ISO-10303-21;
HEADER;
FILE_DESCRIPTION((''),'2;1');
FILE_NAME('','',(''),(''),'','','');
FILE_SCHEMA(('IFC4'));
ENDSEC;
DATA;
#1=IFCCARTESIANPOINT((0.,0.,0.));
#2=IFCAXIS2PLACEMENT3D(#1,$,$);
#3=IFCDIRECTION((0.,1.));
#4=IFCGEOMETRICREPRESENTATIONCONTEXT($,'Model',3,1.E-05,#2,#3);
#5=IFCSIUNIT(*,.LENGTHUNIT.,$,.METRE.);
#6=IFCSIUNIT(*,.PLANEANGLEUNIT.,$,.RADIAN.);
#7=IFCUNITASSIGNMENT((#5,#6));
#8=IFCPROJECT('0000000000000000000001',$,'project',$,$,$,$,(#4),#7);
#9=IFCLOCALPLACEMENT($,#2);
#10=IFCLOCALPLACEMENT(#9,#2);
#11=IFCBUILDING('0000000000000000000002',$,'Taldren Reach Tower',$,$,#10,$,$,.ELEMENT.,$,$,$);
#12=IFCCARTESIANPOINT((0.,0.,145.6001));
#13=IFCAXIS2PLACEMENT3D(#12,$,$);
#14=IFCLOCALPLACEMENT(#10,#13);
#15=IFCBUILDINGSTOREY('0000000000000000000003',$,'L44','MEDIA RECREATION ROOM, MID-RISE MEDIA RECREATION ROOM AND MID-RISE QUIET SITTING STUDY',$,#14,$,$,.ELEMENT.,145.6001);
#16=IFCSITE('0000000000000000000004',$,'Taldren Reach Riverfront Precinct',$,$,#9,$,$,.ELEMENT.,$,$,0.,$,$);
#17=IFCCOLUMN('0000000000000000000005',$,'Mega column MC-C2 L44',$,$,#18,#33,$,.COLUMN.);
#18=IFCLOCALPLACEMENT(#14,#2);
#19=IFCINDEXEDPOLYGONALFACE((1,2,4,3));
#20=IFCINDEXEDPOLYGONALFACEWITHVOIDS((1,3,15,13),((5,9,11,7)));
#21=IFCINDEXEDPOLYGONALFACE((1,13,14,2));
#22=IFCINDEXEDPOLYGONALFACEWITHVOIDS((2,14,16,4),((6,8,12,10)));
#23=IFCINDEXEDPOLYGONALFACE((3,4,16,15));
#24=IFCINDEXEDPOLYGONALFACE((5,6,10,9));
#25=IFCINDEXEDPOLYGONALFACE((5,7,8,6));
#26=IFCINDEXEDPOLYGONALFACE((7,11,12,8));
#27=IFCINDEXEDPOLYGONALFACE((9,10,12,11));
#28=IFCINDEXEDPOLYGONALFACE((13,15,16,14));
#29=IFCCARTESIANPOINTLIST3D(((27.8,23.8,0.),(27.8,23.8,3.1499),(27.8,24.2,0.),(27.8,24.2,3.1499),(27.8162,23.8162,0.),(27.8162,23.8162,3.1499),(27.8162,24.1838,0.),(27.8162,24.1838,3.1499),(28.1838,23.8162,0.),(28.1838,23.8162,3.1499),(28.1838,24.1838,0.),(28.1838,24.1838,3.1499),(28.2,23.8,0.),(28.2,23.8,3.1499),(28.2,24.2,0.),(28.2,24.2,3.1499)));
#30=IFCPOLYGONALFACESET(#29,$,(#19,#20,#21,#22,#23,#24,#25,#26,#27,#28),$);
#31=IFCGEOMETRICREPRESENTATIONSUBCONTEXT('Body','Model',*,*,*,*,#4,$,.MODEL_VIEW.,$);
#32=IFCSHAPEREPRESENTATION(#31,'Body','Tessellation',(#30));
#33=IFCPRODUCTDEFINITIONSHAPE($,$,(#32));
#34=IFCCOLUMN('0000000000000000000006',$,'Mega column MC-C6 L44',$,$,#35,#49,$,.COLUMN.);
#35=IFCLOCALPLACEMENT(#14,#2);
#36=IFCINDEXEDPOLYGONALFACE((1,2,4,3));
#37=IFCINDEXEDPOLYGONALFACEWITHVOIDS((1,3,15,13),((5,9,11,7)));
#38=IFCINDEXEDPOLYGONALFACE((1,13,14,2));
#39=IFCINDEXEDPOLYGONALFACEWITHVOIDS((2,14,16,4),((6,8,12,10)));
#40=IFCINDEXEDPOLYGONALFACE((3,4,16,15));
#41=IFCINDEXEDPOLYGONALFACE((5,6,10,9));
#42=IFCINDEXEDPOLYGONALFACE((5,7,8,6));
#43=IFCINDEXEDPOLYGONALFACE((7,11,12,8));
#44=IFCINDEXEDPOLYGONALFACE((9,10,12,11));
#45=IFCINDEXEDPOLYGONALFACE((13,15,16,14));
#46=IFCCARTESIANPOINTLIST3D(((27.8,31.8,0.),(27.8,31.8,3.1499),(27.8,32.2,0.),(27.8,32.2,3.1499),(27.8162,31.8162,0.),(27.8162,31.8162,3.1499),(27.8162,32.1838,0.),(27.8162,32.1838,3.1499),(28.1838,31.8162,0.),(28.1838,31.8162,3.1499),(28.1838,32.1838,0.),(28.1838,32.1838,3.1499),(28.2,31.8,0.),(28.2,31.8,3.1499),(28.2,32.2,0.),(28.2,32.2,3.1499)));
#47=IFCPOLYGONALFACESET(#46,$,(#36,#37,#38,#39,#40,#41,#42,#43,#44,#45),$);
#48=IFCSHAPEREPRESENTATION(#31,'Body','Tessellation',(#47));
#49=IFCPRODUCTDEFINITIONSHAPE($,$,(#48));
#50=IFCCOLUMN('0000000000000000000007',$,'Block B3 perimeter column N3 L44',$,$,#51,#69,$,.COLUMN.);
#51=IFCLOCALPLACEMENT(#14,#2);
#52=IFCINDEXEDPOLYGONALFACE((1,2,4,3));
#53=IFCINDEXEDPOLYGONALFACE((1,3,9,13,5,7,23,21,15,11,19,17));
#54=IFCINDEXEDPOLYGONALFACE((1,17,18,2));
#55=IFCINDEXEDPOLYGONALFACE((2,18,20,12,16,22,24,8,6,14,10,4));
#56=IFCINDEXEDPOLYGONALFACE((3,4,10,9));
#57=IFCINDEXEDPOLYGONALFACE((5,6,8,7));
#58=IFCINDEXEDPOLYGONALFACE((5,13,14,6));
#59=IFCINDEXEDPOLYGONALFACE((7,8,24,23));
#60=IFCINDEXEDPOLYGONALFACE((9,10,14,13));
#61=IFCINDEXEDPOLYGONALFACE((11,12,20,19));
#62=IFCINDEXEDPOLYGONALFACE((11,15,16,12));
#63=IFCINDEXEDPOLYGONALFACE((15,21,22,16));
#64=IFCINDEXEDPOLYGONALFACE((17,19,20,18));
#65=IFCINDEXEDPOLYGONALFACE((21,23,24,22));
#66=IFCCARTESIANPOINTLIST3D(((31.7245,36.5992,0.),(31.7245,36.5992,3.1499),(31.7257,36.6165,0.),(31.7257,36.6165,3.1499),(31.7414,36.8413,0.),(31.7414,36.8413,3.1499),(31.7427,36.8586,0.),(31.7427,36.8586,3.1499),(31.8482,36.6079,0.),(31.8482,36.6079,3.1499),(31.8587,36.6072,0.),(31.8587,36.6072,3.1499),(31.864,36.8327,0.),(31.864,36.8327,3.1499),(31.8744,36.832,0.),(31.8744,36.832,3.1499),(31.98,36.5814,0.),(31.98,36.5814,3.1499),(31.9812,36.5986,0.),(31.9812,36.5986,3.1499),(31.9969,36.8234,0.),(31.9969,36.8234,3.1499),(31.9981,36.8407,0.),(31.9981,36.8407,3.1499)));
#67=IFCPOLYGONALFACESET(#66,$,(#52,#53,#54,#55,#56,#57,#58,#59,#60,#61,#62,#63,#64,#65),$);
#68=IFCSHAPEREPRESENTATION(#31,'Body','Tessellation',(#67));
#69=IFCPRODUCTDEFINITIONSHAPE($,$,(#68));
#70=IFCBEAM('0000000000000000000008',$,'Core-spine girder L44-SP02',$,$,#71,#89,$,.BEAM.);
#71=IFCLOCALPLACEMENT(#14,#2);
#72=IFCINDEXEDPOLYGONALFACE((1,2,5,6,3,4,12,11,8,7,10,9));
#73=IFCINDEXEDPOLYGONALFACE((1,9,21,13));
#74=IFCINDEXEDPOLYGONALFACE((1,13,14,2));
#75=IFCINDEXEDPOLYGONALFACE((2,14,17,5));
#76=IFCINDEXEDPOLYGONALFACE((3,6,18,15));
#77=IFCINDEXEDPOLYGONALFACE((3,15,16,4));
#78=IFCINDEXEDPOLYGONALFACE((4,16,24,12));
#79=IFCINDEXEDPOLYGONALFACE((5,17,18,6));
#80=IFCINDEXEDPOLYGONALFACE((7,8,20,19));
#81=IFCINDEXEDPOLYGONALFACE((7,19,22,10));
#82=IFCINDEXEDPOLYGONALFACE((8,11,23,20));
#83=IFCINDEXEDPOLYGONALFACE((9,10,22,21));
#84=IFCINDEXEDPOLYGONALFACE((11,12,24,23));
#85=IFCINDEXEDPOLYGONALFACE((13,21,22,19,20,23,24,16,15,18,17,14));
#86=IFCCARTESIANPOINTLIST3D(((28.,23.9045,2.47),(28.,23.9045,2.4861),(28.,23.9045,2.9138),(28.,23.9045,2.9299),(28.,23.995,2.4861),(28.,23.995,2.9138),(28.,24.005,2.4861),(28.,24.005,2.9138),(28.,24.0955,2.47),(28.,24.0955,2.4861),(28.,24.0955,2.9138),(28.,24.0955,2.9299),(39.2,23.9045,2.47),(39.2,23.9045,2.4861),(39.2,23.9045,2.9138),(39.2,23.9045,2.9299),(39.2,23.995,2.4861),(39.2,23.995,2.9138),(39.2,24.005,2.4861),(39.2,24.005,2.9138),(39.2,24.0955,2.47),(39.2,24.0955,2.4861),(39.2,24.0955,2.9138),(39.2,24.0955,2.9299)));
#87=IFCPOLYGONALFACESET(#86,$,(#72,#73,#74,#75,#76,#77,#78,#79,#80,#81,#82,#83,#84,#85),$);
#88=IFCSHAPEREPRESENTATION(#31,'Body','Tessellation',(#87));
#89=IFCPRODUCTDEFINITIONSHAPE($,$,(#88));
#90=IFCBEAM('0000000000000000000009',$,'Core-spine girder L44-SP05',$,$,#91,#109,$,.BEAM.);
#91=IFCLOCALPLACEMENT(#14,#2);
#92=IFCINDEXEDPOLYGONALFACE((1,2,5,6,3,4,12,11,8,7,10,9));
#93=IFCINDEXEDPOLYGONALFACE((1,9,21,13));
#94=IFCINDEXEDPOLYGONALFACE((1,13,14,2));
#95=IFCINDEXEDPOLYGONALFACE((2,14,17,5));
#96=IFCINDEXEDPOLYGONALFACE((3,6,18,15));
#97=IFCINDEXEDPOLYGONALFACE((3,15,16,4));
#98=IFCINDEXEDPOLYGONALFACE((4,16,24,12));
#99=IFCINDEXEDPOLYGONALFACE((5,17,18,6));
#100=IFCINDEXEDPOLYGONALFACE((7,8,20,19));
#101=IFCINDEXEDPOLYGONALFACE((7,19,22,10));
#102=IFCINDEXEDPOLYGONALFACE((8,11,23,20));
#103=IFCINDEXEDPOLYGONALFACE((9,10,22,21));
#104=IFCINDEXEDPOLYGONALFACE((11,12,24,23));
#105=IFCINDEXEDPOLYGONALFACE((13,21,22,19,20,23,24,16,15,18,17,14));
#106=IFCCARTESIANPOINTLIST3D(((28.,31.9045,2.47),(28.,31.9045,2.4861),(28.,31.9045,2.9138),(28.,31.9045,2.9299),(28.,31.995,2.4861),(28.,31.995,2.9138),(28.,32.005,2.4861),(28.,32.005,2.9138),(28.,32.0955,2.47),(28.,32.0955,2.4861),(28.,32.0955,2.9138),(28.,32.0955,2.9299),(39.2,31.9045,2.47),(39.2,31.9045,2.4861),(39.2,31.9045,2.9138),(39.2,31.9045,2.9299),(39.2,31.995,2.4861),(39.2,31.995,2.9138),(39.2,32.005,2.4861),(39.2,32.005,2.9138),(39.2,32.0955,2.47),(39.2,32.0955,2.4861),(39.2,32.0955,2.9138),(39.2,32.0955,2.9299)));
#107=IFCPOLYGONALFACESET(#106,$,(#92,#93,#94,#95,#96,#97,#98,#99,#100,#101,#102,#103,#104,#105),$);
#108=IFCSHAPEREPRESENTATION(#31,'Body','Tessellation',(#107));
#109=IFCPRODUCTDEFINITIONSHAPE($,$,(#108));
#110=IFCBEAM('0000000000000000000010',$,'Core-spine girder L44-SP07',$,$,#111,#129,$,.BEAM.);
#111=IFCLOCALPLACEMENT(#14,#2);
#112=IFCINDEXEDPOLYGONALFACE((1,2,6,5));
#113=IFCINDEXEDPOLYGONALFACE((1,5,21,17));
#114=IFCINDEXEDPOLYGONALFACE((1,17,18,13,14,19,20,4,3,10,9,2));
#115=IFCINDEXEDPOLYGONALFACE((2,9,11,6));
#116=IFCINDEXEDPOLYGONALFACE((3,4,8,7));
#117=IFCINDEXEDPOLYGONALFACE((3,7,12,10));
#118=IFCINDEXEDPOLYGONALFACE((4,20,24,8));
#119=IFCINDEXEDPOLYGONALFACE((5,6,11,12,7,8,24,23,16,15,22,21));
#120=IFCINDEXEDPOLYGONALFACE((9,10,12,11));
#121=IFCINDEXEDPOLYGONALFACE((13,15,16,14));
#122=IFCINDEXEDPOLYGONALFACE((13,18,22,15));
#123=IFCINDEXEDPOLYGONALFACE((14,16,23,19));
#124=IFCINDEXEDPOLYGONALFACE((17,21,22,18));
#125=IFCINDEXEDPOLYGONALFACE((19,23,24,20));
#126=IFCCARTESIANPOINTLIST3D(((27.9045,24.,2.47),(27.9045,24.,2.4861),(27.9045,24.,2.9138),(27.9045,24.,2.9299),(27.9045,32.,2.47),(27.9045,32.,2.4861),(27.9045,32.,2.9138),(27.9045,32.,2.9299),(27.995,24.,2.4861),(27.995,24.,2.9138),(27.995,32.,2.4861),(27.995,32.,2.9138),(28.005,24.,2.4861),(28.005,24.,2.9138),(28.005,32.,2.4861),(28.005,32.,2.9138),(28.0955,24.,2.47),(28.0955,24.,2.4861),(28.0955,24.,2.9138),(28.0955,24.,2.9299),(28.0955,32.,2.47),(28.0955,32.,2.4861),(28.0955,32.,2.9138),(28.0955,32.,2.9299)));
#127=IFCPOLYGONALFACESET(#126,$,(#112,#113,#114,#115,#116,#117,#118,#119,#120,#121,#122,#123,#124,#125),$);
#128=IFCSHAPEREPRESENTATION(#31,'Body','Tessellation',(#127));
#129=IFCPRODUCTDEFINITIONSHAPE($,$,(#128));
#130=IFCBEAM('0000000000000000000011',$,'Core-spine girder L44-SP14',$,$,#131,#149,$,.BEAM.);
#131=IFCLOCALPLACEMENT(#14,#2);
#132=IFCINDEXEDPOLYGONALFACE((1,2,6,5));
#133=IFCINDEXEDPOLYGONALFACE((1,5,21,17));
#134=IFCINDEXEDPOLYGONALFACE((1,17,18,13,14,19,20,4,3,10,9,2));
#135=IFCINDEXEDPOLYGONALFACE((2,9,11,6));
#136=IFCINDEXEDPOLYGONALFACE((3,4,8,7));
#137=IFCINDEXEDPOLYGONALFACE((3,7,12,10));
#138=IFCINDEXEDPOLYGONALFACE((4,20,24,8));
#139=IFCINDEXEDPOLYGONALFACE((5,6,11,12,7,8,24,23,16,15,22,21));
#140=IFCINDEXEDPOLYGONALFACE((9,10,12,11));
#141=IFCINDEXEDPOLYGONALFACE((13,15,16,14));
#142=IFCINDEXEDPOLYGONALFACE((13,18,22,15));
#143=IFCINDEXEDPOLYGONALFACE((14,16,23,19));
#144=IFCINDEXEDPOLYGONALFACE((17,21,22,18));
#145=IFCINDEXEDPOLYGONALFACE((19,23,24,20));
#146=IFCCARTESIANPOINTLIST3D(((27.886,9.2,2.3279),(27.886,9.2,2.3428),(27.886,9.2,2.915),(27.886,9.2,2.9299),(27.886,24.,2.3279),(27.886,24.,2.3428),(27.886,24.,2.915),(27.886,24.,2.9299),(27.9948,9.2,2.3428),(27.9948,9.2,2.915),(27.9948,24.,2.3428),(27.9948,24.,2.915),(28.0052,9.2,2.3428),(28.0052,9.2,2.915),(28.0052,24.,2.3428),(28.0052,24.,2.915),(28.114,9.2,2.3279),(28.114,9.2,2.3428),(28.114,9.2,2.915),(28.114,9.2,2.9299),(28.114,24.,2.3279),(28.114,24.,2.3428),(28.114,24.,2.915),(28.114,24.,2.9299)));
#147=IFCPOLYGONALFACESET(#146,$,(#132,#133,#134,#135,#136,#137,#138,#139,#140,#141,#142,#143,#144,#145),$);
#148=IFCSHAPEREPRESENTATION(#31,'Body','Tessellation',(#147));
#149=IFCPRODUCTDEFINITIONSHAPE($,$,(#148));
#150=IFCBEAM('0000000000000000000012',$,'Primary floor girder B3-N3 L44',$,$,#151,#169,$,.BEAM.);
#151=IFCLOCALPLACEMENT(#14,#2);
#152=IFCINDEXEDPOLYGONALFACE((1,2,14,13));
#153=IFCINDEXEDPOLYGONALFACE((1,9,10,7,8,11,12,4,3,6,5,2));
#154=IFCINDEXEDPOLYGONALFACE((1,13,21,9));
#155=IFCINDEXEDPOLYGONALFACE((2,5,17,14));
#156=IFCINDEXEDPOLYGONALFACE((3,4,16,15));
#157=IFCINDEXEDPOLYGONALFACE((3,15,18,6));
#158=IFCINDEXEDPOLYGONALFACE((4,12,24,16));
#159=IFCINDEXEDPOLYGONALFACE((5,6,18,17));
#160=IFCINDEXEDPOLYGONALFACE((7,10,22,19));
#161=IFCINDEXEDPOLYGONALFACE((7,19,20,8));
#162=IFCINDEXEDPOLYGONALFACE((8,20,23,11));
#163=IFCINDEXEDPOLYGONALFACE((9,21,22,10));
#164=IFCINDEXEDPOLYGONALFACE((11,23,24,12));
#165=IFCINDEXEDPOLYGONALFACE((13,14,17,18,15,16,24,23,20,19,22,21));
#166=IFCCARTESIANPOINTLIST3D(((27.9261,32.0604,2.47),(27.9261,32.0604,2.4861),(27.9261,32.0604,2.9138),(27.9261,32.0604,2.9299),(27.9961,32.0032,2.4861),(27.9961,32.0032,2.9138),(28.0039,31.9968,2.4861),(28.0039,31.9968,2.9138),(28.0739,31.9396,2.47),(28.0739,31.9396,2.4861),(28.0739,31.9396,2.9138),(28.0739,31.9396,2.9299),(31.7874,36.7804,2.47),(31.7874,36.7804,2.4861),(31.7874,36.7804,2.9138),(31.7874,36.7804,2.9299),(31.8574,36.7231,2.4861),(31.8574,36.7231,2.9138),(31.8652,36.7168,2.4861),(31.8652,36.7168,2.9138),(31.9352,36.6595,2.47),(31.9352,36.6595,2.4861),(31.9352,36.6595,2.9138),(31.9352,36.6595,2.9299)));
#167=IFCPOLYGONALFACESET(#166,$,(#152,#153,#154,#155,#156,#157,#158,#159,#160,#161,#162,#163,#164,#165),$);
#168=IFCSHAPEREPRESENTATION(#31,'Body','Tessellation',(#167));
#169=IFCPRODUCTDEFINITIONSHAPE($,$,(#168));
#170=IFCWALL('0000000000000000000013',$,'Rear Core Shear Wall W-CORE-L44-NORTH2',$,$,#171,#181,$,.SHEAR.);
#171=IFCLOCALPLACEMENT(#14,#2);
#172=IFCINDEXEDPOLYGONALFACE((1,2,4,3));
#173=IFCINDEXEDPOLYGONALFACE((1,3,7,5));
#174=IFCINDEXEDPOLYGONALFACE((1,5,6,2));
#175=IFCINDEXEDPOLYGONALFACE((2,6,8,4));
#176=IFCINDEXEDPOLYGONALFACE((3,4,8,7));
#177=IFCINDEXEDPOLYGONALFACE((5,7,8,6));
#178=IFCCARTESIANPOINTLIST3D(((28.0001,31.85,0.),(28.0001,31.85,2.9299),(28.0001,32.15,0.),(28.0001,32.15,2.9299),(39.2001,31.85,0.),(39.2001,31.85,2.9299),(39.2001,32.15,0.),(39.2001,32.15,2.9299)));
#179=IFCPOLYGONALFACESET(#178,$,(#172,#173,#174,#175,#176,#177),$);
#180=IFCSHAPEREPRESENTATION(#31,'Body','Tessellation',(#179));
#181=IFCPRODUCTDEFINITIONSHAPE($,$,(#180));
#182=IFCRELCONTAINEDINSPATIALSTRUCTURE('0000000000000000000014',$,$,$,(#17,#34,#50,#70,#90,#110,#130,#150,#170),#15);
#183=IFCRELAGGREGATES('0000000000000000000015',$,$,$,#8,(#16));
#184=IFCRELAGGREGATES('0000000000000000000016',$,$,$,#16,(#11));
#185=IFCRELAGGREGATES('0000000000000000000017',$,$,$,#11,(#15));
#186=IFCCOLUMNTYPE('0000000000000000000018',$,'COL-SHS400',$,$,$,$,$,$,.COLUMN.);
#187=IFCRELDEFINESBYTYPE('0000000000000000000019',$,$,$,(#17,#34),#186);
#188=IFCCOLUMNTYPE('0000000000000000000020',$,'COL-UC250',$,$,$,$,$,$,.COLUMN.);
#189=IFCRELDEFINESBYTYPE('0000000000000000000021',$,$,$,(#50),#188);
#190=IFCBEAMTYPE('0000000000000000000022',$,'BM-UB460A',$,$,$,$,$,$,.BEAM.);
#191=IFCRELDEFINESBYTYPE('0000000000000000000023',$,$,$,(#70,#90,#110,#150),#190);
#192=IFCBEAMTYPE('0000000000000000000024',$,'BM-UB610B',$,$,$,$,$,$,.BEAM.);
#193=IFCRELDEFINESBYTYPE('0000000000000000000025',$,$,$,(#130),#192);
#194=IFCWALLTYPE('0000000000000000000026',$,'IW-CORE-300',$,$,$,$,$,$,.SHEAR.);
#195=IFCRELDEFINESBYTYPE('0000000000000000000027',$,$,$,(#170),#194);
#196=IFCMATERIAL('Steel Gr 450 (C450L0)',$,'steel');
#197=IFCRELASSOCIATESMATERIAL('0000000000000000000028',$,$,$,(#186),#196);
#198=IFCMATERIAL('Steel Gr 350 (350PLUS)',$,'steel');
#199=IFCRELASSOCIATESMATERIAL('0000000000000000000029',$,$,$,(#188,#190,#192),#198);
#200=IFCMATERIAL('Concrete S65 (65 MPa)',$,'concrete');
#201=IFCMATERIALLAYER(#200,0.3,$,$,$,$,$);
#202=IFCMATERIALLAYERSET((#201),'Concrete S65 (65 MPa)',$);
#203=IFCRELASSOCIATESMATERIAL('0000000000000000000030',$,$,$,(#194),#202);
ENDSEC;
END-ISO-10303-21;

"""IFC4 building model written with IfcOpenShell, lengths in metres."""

from ifc_helpers import new_model, si_unit, direction, frame, frame_2d, origin, origin_2d, place, context, subcontext, project, spatial, rectangle, hollow_rectangle, i_section, extrude, source, transform, mapped, material, layer, layer_set, material_profile, profile_set, type_object, element, save


model = new_model("IFC4")

# Units and contexts
model_context = context("Model", 3, precision=1e-05, world=origin(), true_north=direction((0.0, 1.0)))
body_context = subcontext(model_context, "Body", "Model", "MODEL_VIEW")
ifc_project = project(units=[si_unit("LENGTHUNIT", "METRE"), si_unit("PLANEANGLEUNIT", "RADIAN")], contexts=[model_context])

# Site, building, storey
site_placement = place(None, origin())
site = spatial("IfcSite", under=ifc_project, at=site_placement, Name="Taldren Reach Riverfront Precinct", CompositionType="ELEMENT", RefElevation=0.0)
building_placement = place(site_placement, origin())
building = spatial("IfcBuilding", under=site, at=building_placement, Name="Taldren Reach Tower", CompositionType="ELEMENT")
storey_placement = place(building_placement, frame((0.0, 0.0, 145.6001)))
storey = spatial("IfcBuildingStorey", under=building, at=storey_placement, Name="L44", Description="MEDIA RECREATION ROOM, MID-RISE MEDIA RECREATION ROOM AND MID-RISE QUIET SITTING STUDY", CompositionType="ELEMENT", Elevation=145.6001)

# Columns
ifc_material_1 = material(Name="Steel Gr 450 (C450L0)", Category="steel")
ifc_material_profile_1 = material_profile(ifc_material_1, hollow_rectangle(XDim=0.3999, YDim=0.3999, WallThickness=0.0161, at=origin_2d()), Name="400x400x16.0SHS")
ifc_profile_set_1 = profile_set([ifc_material_profile_1], Name="Steel Gr 450 (C450L0)")
column_type_1 = type_object("IfcColumnType", Name="COL-SHS400", PredefinedType="COLUMN", material=ifc_profile_set_1)
shared_shape_1 = source(origin(), body_context, "Body", "SweptSolid", [
    extrude(hollow_rectangle(XDim=0.3999, YDim=0.3999, WallThickness=0.0161, at=origin_2d()), origin(), (0.0, 0.0, 1.0), 3.1499),
])
for number, where, z_axis, x_axis, name in (
    (1, (28.0, 24.0, 0.0), (0.0, 0.0, 1.0), (1.0, 0.0, 0.0), "Mega column MC-C2 L44"),
    (2, (28.0, 32.0, 0.0), (0.0, 0.0, 1.0), (1.0, 0.0, 0.0), "Mega column MC-C6 L44"),
):
    element("IfcColumn", number, at=place(storey_placement, frame(where, z_axis=z_axis, x_axis=x_axis)), inside=storey, type_object=column_type_1, Name=name, PredefinedType="COLUMN", context=body_context, shape_type="MappedRepresentation", body=[
        mapped(shared_shape_1, transform((0.0, 0.0, 0.0), scale=1.0)),
    ])
ifc_material_2 = material(Name="Steel Gr 350 (350PLUS)", Category="steel")
ifc_material_profile_2 = material_profile(ifc_material_2, i_section(OverallWidth=0.2561, OverallDepth=0.26, WebThickness=0.0105, FlangeThickness=0.0173, at=origin_2d()), Name="250UC89.5")
ifc_profile_set_2 = profile_set([ifc_material_profile_2], Name="Steel Gr 350 (350PLUS)")
column_type_2 = type_object("IfcColumnType", Name="COL-UC250", PredefinedType="COLUMN", material=ifc_profile_set_2)
shared_shape_2 = source(origin(), body_context, "Body", "SweptSolid", [
    extrude(i_section(OverallWidth=0.2561, OverallDepth=0.26, WebThickness=0.0105, FlangeThickness=0.0173, at=origin_2d()), origin(), (0.0, 0.0, 1.0), 3.1499),
])
column_placement = place(storey_placement, frame((31.8613, 36.72, 0.0), z_axis=(0.0, 0.0, 1.0), x_axis=(0.997564, -0.069756, 0.0)))
element("IfcColumn", 3, at=column_placement, inside=storey, type_object=column_type_2, Name="Block B3 perimeter column N3 L44", PredefinedType="COLUMN", context=body_context, shape_type="MappedRepresentation", body=[
    mapped(shared_shape_2, transform((0.0, 0.0, 0.0), scale=1.0)),
])

# Beams
ifc_material_profile_3 = material_profile(ifc_material_2, i_section(OverallWidth=0.1909, OverallDepth=0.46, WebThickness=0.01, FlangeThickness=0.0161, at=origin_2d()), Name="460UB82.1")
ifc_profile_set_3 = profile_set([ifc_material_profile_3], Name="Steel Gr 350 (350PLUS)")
beam_type_1 = type_object("IfcBeamType", Name="BM-UB460A", PredefinedType="BEAM", material=ifc_profile_set_3)
shared_shape_3 = source(origin(), body_context, "Body", "SweptSolid", [
    extrude(i_section(OverallWidth=0.1909, OverallDepth=0.46, WebThickness=0.01, FlangeThickness=0.0161, at=origin_2d()), origin(), (0.0, 0.0, 1.0), 11.2),
])
for number, where, z_axis, x_axis, name in (
    (4, (28.0, 24.0, 2.7), (1.0, 0.0, 0.0), (0.0, 1.0, 0.0), "Core-spine girder L44-SP02"),
    (5, (28.0, 32.0, 2.7), (1.0, 0.0, 0.0), (0.0, 1.0, 0.0), "Core-spine girder L44-SP05"),
):
    element("IfcBeam", number, at=place(storey_placement, frame(where, z_axis=z_axis, x_axis=x_axis)), inside=storey, type_object=beam_type_1, Name=name, PredefinedType="BEAM", context=body_context, shape_type="MappedRepresentation", body=[
        mapped(shared_shape_3, transform((0.0, 0.0, 0.0), scale=1.0)),
    ])
shared_shape_4 = source(origin(), body_context, "Body", "SweptSolid", [
    extrude(i_section(OverallWidth=0.1909, OverallDepth=0.46, WebThickness=0.01, FlangeThickness=0.0161, at=origin_2d()), origin(), (0.0, 0.0, 1.0), 8.0),
])
beam_1_placement = place(storey_placement, frame((28.0, 24.0, 2.7), z_axis=(0.0, 1.0, 0.0), x_axis=(-1.0, 0.0, 0.0)))
element("IfcBeam", 6, at=beam_1_placement, inside=storey, type_object=beam_type_1, Name="Core-spine girder L44-SP07", PredefinedType="BEAM", context=body_context, shape_type="MappedRepresentation", body=[
    mapped(shared_shape_4, transform((0.0, 0.0, 0.0), scale=1.0)),
])
ifc_material_profile_4 = material_profile(ifc_material_2, i_section(OverallWidth=0.228, OverallDepth=0.6021, WebThickness=0.0105, FlangeThickness=0.0149, at=origin_2d()), Name="610UB101")
ifc_profile_set_4 = profile_set([ifc_material_profile_4], Name="Steel Gr 350 (350PLUS)")
beam_type_2 = type_object("IfcBeamType", Name="BM-UB610B", PredefinedType="BEAM", material=ifc_profile_set_4)
shared_shape_5 = source(origin(), body_context, "Body", "SweptSolid", [
    extrude(i_section(OverallWidth=0.228, OverallDepth=0.6021, WebThickness=0.0105, FlangeThickness=0.0149, at=origin_2d()), origin(), (0.0, 0.0, 1.0), 14.8),
])
beam_2_placement = place(storey_placement, frame((28.0, 24.0, 2.6289), z_axis=(0.0, -1.0, 0.0), x_axis=(1.0, 0.0, 0.0)))
element("IfcBeam", 7, at=beam_2_placement, inside=storey, type_object=beam_type_2, Name="Core-spine girder L44-SP14", PredefinedType="BEAM", context=body_context, shape_type="MappedRepresentation", body=[
    mapped(shared_shape_5, transform((0.0, 0.0, 0.0), scale=1.0)),
])
shared_shape_6 = source(origin(), body_context, "Body", "SweptSolid", [
    extrude(i_section(OverallWidth=0.1909, OverallDepth=0.46, WebThickness=0.01, FlangeThickness=0.0161, at=origin_2d()), origin(), (0.0, 0.0, 1.0), 6.0981),
])
beam_3_placement = place(storey_placement, frame((28.0, 32.0, 2.7), z_axis=(0.633192, 0.773995, 0.0), x_axis=(-0.773995, 0.633192, 0.0)))
element("IfcBeam", 8, at=beam_3_placement, inside=storey, type_object=beam_type_1, Name="Primary floor girder B3-N3 L44", PredefinedType="BEAM", context=body_context, shape_type="MappedRepresentation", body=[
    mapped(shared_shape_6, transform((0.0, 0.0, 0.0), scale=1.0)),
])

# Wall
ifc_material_3 = material(Name="Concrete S65 (65 MPa)", Category="concrete")
ifc_layer_1 = layer(ifc_material_3, 0.3)
ifc_layer_set_1 = layer_set([ifc_layer_1], Name="Concrete S65 (65 MPa)")
wall_type_1 = type_object("IfcWallType", Name="IW-CORE-300", PredefinedType="SHEAR", material=ifc_layer_set_1)
shared_shape_7 = source(origin(), body_context, "Body", "SweptSolid", [
    extrude(rectangle(XDim=11.2, YDim=0.3, at=frame_2d((5.6001, 0.0))), origin(), (0.0, 0.0, 1.0), 2.9299),
])
wall_1_placement = place(storey_placement, frame((28.0, 32.0, 0.0), z_axis=(0.0, 0.0, 1.0), x_axis=(1.0, 0.0, 0.0)))
element("IfcWall", 9, at=wall_1_placement, inside=storey, type_object=wall_type_1, Name="Rear Core Shear Wall W-CORE-L44-NORTH2", PredefinedType="SHEAR", context=body_context, shape_type="MappedRepresentation", body=[
    mapped(shared_shape_7, transform((0.0, 0.0, 0.0), scale=1.0)),
])

save(model, "model.ifc")
